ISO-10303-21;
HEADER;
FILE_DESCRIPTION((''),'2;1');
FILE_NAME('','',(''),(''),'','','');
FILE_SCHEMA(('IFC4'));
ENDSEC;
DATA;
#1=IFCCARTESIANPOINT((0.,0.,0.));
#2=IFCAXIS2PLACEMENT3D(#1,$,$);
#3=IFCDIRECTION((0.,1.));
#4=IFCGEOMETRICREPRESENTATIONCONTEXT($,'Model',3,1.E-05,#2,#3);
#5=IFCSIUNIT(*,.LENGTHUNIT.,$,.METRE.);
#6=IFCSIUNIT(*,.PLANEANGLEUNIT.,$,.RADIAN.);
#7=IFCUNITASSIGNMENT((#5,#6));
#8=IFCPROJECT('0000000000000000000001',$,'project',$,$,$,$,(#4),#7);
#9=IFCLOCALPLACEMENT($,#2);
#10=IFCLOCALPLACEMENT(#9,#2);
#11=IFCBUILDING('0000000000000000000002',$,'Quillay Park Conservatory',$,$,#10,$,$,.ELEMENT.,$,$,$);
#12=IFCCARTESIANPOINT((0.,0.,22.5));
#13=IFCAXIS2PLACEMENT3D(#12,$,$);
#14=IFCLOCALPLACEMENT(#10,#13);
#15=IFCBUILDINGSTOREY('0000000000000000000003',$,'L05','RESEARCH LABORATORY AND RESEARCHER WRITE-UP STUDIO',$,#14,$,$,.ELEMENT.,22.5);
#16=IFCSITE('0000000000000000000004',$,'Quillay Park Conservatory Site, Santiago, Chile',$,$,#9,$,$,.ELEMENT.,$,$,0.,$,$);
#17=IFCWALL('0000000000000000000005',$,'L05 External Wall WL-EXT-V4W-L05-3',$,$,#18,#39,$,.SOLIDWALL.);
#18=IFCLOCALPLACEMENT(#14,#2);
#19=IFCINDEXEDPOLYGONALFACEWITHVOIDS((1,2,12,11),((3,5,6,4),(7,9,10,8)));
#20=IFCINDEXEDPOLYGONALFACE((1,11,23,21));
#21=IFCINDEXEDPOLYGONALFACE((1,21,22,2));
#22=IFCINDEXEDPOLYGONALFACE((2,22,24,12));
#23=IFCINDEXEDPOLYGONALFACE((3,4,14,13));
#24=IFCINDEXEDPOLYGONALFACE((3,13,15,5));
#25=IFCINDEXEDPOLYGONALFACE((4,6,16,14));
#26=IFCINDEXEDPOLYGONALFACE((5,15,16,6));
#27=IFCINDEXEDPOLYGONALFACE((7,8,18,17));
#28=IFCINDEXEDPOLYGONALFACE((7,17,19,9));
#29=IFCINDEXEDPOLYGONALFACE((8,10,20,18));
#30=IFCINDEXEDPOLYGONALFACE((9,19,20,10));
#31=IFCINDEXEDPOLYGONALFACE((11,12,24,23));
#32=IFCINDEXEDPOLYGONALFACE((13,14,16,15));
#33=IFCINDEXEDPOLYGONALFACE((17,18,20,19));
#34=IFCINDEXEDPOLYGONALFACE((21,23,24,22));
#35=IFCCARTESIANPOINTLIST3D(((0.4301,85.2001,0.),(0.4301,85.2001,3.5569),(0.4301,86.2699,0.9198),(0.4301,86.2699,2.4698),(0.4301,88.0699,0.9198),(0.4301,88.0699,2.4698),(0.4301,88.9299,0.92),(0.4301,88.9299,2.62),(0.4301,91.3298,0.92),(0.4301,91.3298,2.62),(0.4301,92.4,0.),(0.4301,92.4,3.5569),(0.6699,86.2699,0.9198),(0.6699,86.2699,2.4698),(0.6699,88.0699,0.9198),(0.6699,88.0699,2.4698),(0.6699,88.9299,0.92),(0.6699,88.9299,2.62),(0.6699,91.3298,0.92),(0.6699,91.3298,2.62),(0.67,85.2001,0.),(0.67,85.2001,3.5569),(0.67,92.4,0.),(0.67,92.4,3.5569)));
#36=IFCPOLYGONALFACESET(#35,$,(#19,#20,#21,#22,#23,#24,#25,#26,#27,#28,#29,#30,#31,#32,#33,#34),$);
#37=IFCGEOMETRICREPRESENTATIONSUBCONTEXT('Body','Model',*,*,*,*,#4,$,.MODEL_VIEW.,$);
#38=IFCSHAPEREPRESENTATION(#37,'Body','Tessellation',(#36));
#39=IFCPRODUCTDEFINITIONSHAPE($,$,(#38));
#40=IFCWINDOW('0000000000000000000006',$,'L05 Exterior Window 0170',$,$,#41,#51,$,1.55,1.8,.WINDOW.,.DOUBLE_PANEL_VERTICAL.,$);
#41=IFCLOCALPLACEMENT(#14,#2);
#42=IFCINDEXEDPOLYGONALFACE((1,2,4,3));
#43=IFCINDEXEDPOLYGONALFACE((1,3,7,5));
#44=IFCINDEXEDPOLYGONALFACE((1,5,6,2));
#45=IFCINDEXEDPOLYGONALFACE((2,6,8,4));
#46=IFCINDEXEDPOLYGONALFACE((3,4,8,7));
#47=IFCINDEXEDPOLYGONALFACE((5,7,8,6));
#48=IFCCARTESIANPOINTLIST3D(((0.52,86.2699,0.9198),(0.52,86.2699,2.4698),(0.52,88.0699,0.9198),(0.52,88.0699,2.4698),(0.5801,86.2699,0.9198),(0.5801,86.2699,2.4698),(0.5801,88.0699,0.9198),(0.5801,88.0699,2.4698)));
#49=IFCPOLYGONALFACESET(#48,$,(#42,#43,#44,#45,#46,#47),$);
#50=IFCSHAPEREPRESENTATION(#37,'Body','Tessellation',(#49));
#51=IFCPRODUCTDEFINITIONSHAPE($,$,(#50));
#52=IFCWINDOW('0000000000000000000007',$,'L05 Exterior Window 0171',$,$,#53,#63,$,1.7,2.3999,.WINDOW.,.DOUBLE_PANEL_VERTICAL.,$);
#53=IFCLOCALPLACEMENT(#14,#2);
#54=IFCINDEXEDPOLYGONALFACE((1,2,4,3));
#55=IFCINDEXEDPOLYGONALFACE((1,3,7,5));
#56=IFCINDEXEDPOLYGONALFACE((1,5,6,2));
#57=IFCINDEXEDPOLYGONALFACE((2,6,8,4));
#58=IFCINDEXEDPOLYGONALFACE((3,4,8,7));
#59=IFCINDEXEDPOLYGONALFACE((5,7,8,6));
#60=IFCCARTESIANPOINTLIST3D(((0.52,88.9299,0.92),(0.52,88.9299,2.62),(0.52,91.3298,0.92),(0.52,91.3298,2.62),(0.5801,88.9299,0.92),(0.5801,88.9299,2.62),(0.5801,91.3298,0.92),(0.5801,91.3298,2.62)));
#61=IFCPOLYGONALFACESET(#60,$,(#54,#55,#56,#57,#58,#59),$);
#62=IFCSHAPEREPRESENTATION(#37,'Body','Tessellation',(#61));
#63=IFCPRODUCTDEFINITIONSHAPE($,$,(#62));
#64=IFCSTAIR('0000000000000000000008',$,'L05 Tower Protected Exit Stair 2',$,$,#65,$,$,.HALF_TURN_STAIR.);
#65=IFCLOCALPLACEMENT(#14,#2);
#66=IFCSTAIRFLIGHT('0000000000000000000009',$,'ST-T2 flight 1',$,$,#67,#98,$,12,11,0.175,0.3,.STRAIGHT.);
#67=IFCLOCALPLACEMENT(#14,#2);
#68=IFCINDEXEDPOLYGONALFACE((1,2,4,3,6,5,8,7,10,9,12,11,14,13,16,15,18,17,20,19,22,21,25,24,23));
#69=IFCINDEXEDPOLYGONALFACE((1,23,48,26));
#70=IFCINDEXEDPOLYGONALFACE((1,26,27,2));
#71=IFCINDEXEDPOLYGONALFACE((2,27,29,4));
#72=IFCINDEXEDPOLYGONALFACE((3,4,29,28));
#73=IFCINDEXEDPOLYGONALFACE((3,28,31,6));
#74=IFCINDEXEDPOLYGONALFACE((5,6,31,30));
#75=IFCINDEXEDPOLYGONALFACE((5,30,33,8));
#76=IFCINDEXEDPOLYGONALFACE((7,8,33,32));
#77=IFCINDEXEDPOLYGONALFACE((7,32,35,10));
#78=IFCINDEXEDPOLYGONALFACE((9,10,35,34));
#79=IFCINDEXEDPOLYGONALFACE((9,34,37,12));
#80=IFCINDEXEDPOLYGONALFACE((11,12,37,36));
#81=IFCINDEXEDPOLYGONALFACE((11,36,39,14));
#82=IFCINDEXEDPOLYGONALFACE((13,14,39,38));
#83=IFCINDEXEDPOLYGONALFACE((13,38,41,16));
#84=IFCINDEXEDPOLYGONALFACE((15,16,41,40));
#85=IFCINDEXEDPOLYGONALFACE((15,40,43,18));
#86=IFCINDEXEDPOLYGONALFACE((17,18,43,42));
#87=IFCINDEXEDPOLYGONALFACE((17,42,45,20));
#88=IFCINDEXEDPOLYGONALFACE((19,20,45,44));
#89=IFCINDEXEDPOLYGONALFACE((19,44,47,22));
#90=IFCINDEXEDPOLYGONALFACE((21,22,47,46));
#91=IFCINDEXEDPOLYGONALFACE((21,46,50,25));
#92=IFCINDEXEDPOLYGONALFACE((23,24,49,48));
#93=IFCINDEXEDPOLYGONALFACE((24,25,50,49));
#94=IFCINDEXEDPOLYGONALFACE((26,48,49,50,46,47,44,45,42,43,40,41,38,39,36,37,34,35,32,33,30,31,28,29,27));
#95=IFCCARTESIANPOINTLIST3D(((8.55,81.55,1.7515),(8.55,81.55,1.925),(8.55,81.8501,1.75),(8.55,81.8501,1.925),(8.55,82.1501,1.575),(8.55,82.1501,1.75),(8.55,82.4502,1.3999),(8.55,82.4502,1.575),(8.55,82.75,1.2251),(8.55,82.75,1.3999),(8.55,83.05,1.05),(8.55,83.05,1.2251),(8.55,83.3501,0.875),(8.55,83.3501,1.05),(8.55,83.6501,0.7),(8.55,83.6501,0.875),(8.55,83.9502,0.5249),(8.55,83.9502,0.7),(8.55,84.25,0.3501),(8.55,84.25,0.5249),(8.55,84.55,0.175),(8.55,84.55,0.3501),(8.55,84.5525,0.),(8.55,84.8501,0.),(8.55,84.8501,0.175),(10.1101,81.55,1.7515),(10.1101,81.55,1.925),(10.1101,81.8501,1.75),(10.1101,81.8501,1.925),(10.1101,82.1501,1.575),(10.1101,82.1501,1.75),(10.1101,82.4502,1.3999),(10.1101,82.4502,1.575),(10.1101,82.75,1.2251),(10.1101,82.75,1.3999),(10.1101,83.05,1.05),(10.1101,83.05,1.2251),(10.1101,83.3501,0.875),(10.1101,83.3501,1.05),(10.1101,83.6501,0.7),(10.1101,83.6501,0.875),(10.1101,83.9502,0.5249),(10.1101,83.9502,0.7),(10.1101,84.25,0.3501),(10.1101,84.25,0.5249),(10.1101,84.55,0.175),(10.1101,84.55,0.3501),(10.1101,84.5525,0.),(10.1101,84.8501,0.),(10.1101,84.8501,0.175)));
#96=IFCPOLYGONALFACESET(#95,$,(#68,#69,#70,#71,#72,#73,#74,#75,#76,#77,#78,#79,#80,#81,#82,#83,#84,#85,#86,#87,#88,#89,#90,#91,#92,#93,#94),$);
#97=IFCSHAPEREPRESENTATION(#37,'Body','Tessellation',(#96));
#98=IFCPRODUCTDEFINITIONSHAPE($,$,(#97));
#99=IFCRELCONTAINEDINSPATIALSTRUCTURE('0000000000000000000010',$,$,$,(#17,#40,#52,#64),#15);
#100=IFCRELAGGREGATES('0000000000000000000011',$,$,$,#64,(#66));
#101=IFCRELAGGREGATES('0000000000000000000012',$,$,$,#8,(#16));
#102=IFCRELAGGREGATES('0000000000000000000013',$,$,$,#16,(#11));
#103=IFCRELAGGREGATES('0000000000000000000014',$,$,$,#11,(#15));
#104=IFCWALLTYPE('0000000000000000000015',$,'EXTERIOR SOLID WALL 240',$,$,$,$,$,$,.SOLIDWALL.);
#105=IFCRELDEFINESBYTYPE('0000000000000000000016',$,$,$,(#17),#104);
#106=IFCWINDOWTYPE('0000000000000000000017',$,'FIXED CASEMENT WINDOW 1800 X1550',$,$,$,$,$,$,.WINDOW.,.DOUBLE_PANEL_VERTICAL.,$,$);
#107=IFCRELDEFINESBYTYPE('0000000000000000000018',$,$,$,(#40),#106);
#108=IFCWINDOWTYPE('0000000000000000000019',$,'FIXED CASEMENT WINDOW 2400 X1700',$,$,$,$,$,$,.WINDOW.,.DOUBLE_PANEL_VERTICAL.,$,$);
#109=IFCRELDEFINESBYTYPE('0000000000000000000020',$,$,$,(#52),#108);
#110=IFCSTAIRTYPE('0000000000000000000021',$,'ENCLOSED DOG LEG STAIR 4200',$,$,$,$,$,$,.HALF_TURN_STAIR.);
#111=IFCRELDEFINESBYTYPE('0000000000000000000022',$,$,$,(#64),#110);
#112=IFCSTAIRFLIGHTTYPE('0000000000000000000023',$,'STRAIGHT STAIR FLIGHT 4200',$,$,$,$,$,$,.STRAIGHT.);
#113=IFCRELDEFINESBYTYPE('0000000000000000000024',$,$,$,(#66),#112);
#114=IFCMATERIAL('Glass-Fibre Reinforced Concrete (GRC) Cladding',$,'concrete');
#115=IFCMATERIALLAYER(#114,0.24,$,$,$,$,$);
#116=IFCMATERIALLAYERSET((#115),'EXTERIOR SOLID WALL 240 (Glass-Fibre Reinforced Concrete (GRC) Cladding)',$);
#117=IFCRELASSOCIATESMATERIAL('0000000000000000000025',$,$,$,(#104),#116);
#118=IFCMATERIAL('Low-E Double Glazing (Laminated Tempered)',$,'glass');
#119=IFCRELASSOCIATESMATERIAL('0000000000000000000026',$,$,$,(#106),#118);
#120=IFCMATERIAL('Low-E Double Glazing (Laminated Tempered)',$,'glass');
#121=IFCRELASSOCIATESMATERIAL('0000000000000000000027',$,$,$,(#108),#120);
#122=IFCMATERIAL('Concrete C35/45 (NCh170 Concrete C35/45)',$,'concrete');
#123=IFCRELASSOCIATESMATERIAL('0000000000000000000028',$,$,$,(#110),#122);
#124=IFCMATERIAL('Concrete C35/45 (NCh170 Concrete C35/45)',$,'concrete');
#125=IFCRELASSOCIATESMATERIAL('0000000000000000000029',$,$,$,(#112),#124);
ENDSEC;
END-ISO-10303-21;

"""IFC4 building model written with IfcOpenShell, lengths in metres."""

from ifc_helpers import new_model, si_unit, direction, frame, frame_2d, origin, place, context, subcontext, project, spatial, polyline, rectangle, outline, extrude, material, layer, layer_set, type_object, element, fill, aggregate, save


model = new_model("IFC4")

# Units and contexts
model_context = context("Model", 3, precision=1e-05, world=origin(), true_north=direction((0.0, 1.0)))
body_context = subcontext(model_context, "Body", "Model", "MODEL_VIEW")
ifc_project = project(units=[si_unit("LENGTHUNIT", "METRE"), si_unit("PLANEANGLEUNIT", "RADIAN")], contexts=[model_context])

# Site, building, storey
site_placement = place(None, origin())
site = spatial("IfcSite", under=ifc_project, at=site_placement, Name="Quillay Park Conservatory Site, Santiago, Chile", CompositionType="ELEMENT", RefElevation=0.0)
building_placement = place(site_placement, origin())
building = spatial("IfcBuilding", under=site, at=building_placement, Name="Quillay Park Conservatory", CompositionType="ELEMENT")
storey_placement = place(building_placement, frame((0.0, 0.0, 22.5)))
storey = spatial("IfcBuildingStorey", under=building, at=storey_placement, Name="L05", Description="RESEARCH LABORATORY AND RESEARCHER WRITE-UP STUDIO", CompositionType="ELEMENT", Elevation=22.5)

# Wall, openings, windows
ifc_material_1 = material(Name="Glass-Fibre Reinforced Concrete (GRC) Cladding", Category="concrete")
ifc_layer_1 = layer(ifc_material_1, 0.24)
ifc_layer_set_1 = layer_set([ifc_layer_1], Name="EXTERIOR SOLID WALL 240 (Glass-Fibre Reinforced Concrete (GRC) Cladding)")
wall_type_1 = type_object("IfcWallType", Name="EXTERIOR SOLID WALL 240", PredefinedType="SOLIDWALL", material=ifc_layer_set_1)
wall_1_placement = place(storey_placement, frame((0.55, 85.2, 0.0), z_axis=(0.0, 0.0, 1.0), x_axis=(0.0, 1.0, 0.0)))
wall_1 = element("IfcWall", 1, at=wall_1_placement, inside=storey, type_object=wall_type_1, Name="L05 External Wall WL-EXT-V4W-L05-3", PredefinedType="SOLIDWALL", context=body_context, shape_type="SweptSolid", body=[
    extrude(rectangle(XDim=7.2, YDim=0.24, at=frame_2d((3.6001, 0.0))), origin(), (0.0, 0.0, 1.0), 3.5569),
])
opening_1_placement = place(wall_1_placement, frame((1.0701, 0.0, 0.9199)))
opening_1 = element("IfcOpeningElement", 2, at=opening_1_placement, cuts=wall_1, PredefinedType="OPENING", context=body_context, shape_type="SweptSolid", body=[
    extrude(rectangle(XDim=1.8, YDim=1.55, at=frame_2d((0.8999, 0.7749))), frame((0.0, 0.1201, 0.0), z_axis=(0.0, -1.0, 0.0), x_axis=(1.0, 0.0, 0.0)), (0.0, 0.0, 1.0), 0.24),
])
opening_2_placement = place(wall_1_placement, frame((3.73, 0.0, 0.9199)))
opening_2 = element("IfcOpeningElement", 3, at=opening_2_placement, cuts=wall_1, PredefinedType="OPENING", context=body_context, shape_type="SweptSolid", body=[
    extrude(rectangle(XDim=2.3999, YDim=1.7, at=frame_2d((1.2, 0.8501))), frame((0.0, 0.1201, 0.0), z_axis=(0.0, -1.0, 0.0), x_axis=(1.0, 0.0, 0.0)), (0.0, 0.0, 1.0), 0.24),
])
ifc_material_2 = material(Name="Low-E Double Glazing (Laminated Tempered)", Category="glass")
window_type_1 = type_object("IfcWindowType", Name="FIXED CASEMENT WINDOW 1800 X1550", PartitioningType="DOUBLE_PANEL_VERTICAL", PredefinedType="WINDOW", material=ifc_material_2)
window_1_placement = place(opening_1_placement, origin())
window_1 = element("IfcWindow", 4, at=window_1_placement, inside=storey, type_object=window_type_1, Name="L05 Exterior Window 0170", OverallHeight=1.55, OverallWidth=1.8, PartitioningType="DOUBLE_PANEL_VERTICAL", PredefinedType="WINDOW", context=body_context, shape_type="SweptSolid", body=[
    extrude(rectangle(XDim=1.8, YDim=1.55, at=frame_2d((0.8999, 0.7749))), frame((0.0, 0.03, 0.0), z_axis=(0.0, -1.0, 0.0), x_axis=(1.0, 0.0, 0.0)), (0.0, 0.0, 1.0), 0.0601),
])
fill(opening_1, window_1)
ifc_material_3 = material(Name="Low-E Double Glazing (Laminated Tempered)", Category="glass")
window_type_2 = type_object("IfcWindowType", Name="FIXED CASEMENT WINDOW 2400 X1700", PartitioningType="DOUBLE_PANEL_VERTICAL", PredefinedType="WINDOW", material=ifc_material_3)
window_2_placement = place(opening_2_placement, origin())
window_2 = element("IfcWindow", 5, at=window_2_placement, inside=storey, type_object=window_type_2, Name="L05 Exterior Window 0171", OverallHeight=1.7, OverallWidth=2.3999, PartitioningType="DOUBLE_PANEL_VERTICAL", PredefinedType="WINDOW", context=body_context, shape_type="SweptSolid", body=[
    extrude(rectangle(XDim=2.3999, YDim=1.7, at=frame_2d((1.2, 0.8501))), frame((0.0, 0.03, 0.0), z_axis=(0.0, -1.0, 0.0), x_axis=(1.0, 0.0, 0.0)), (0.0, 0.0, 1.0), 0.0601),
])
fill(opening_2, window_2)

# Stair, stair flight
ifc_material_4 = material(Name="Concrete C35/45 (NCh170 Concrete C35/45)", Category="concrete")
stair_type = type_object("IfcStairType", Name="ENCLOSED DOG LEG STAIR 4200", PredefinedType="HALF_TURN_STAIR", material=ifc_material_4)
stair_placement = place(storey_placement, origin())
stair = element("IfcStair", 6, at=stair_placement, inside=storey, type_object=stair_type, Name="L05 Tower Protected Exit Stair 2", PredefinedType="HALF_TURN_STAIR")
ifc_material_5 = material(Name="Concrete C35/45 (NCh170 Concrete C35/45)", Category="concrete")
stair_flight_type = type_object("IfcStairFlightType", Name="STRAIGHT STAIR FLIGHT 4200", PredefinedType="STRAIGHT", material=ifc_material_5)
stair_flight_placement = place(storey_placement, frame((9.3301, 84.8501, 0.0), z_axis=(0.0, 0.0, 1.0), x_axis=(0.0, -1.0, 0.0)))
stair_flight = element("IfcStairFlight", 7, at=stair_flight_placement, type_object=stair_flight_type, Name="ST-T2 flight 1", NumberOfRisers=12, NumberOfTreads=11, PredefinedType="STRAIGHT", RiserHeight=0.175, TreadLength=0.3, context=body_context, shape_type="SweptSolid", body=[
    extrude(outline(polyline([(0.0, 0.0), (0.0, 0.175), (0.3, 0.175), (0.3, 0.3501), (0.6001, 0.3501), (0.6001, 0.5249), (0.8999, 0.5249), (0.8999, 0.7), (1.2, 0.7), (1.2, 0.875), (1.5, 0.875), (1.5, 1.05), (1.8, 1.05), (1.8, 1.2251), (2.1001, 1.2251), (2.1001, 1.3999), (2.3999, 1.3999), (2.3999, 1.575), (2.7, 1.575), (2.7, 1.75), (3.0, 1.75), (3.0, 1.925), (3.3, 1.925), (3.3, 2.1001), (3.3, 1.7515), (0.2976, 0.0), (0.0, 0.0)])), frame((0.0, 0.78, 0.0), z_axis=(0.0, -1.0, 0.0), x_axis=(1.0, 0.0, 0.0)), (0.0, 0.0, 1.0), 1.5601),
])
aggregate(stair, [stair_flight])

save(model, "model.ifc")
